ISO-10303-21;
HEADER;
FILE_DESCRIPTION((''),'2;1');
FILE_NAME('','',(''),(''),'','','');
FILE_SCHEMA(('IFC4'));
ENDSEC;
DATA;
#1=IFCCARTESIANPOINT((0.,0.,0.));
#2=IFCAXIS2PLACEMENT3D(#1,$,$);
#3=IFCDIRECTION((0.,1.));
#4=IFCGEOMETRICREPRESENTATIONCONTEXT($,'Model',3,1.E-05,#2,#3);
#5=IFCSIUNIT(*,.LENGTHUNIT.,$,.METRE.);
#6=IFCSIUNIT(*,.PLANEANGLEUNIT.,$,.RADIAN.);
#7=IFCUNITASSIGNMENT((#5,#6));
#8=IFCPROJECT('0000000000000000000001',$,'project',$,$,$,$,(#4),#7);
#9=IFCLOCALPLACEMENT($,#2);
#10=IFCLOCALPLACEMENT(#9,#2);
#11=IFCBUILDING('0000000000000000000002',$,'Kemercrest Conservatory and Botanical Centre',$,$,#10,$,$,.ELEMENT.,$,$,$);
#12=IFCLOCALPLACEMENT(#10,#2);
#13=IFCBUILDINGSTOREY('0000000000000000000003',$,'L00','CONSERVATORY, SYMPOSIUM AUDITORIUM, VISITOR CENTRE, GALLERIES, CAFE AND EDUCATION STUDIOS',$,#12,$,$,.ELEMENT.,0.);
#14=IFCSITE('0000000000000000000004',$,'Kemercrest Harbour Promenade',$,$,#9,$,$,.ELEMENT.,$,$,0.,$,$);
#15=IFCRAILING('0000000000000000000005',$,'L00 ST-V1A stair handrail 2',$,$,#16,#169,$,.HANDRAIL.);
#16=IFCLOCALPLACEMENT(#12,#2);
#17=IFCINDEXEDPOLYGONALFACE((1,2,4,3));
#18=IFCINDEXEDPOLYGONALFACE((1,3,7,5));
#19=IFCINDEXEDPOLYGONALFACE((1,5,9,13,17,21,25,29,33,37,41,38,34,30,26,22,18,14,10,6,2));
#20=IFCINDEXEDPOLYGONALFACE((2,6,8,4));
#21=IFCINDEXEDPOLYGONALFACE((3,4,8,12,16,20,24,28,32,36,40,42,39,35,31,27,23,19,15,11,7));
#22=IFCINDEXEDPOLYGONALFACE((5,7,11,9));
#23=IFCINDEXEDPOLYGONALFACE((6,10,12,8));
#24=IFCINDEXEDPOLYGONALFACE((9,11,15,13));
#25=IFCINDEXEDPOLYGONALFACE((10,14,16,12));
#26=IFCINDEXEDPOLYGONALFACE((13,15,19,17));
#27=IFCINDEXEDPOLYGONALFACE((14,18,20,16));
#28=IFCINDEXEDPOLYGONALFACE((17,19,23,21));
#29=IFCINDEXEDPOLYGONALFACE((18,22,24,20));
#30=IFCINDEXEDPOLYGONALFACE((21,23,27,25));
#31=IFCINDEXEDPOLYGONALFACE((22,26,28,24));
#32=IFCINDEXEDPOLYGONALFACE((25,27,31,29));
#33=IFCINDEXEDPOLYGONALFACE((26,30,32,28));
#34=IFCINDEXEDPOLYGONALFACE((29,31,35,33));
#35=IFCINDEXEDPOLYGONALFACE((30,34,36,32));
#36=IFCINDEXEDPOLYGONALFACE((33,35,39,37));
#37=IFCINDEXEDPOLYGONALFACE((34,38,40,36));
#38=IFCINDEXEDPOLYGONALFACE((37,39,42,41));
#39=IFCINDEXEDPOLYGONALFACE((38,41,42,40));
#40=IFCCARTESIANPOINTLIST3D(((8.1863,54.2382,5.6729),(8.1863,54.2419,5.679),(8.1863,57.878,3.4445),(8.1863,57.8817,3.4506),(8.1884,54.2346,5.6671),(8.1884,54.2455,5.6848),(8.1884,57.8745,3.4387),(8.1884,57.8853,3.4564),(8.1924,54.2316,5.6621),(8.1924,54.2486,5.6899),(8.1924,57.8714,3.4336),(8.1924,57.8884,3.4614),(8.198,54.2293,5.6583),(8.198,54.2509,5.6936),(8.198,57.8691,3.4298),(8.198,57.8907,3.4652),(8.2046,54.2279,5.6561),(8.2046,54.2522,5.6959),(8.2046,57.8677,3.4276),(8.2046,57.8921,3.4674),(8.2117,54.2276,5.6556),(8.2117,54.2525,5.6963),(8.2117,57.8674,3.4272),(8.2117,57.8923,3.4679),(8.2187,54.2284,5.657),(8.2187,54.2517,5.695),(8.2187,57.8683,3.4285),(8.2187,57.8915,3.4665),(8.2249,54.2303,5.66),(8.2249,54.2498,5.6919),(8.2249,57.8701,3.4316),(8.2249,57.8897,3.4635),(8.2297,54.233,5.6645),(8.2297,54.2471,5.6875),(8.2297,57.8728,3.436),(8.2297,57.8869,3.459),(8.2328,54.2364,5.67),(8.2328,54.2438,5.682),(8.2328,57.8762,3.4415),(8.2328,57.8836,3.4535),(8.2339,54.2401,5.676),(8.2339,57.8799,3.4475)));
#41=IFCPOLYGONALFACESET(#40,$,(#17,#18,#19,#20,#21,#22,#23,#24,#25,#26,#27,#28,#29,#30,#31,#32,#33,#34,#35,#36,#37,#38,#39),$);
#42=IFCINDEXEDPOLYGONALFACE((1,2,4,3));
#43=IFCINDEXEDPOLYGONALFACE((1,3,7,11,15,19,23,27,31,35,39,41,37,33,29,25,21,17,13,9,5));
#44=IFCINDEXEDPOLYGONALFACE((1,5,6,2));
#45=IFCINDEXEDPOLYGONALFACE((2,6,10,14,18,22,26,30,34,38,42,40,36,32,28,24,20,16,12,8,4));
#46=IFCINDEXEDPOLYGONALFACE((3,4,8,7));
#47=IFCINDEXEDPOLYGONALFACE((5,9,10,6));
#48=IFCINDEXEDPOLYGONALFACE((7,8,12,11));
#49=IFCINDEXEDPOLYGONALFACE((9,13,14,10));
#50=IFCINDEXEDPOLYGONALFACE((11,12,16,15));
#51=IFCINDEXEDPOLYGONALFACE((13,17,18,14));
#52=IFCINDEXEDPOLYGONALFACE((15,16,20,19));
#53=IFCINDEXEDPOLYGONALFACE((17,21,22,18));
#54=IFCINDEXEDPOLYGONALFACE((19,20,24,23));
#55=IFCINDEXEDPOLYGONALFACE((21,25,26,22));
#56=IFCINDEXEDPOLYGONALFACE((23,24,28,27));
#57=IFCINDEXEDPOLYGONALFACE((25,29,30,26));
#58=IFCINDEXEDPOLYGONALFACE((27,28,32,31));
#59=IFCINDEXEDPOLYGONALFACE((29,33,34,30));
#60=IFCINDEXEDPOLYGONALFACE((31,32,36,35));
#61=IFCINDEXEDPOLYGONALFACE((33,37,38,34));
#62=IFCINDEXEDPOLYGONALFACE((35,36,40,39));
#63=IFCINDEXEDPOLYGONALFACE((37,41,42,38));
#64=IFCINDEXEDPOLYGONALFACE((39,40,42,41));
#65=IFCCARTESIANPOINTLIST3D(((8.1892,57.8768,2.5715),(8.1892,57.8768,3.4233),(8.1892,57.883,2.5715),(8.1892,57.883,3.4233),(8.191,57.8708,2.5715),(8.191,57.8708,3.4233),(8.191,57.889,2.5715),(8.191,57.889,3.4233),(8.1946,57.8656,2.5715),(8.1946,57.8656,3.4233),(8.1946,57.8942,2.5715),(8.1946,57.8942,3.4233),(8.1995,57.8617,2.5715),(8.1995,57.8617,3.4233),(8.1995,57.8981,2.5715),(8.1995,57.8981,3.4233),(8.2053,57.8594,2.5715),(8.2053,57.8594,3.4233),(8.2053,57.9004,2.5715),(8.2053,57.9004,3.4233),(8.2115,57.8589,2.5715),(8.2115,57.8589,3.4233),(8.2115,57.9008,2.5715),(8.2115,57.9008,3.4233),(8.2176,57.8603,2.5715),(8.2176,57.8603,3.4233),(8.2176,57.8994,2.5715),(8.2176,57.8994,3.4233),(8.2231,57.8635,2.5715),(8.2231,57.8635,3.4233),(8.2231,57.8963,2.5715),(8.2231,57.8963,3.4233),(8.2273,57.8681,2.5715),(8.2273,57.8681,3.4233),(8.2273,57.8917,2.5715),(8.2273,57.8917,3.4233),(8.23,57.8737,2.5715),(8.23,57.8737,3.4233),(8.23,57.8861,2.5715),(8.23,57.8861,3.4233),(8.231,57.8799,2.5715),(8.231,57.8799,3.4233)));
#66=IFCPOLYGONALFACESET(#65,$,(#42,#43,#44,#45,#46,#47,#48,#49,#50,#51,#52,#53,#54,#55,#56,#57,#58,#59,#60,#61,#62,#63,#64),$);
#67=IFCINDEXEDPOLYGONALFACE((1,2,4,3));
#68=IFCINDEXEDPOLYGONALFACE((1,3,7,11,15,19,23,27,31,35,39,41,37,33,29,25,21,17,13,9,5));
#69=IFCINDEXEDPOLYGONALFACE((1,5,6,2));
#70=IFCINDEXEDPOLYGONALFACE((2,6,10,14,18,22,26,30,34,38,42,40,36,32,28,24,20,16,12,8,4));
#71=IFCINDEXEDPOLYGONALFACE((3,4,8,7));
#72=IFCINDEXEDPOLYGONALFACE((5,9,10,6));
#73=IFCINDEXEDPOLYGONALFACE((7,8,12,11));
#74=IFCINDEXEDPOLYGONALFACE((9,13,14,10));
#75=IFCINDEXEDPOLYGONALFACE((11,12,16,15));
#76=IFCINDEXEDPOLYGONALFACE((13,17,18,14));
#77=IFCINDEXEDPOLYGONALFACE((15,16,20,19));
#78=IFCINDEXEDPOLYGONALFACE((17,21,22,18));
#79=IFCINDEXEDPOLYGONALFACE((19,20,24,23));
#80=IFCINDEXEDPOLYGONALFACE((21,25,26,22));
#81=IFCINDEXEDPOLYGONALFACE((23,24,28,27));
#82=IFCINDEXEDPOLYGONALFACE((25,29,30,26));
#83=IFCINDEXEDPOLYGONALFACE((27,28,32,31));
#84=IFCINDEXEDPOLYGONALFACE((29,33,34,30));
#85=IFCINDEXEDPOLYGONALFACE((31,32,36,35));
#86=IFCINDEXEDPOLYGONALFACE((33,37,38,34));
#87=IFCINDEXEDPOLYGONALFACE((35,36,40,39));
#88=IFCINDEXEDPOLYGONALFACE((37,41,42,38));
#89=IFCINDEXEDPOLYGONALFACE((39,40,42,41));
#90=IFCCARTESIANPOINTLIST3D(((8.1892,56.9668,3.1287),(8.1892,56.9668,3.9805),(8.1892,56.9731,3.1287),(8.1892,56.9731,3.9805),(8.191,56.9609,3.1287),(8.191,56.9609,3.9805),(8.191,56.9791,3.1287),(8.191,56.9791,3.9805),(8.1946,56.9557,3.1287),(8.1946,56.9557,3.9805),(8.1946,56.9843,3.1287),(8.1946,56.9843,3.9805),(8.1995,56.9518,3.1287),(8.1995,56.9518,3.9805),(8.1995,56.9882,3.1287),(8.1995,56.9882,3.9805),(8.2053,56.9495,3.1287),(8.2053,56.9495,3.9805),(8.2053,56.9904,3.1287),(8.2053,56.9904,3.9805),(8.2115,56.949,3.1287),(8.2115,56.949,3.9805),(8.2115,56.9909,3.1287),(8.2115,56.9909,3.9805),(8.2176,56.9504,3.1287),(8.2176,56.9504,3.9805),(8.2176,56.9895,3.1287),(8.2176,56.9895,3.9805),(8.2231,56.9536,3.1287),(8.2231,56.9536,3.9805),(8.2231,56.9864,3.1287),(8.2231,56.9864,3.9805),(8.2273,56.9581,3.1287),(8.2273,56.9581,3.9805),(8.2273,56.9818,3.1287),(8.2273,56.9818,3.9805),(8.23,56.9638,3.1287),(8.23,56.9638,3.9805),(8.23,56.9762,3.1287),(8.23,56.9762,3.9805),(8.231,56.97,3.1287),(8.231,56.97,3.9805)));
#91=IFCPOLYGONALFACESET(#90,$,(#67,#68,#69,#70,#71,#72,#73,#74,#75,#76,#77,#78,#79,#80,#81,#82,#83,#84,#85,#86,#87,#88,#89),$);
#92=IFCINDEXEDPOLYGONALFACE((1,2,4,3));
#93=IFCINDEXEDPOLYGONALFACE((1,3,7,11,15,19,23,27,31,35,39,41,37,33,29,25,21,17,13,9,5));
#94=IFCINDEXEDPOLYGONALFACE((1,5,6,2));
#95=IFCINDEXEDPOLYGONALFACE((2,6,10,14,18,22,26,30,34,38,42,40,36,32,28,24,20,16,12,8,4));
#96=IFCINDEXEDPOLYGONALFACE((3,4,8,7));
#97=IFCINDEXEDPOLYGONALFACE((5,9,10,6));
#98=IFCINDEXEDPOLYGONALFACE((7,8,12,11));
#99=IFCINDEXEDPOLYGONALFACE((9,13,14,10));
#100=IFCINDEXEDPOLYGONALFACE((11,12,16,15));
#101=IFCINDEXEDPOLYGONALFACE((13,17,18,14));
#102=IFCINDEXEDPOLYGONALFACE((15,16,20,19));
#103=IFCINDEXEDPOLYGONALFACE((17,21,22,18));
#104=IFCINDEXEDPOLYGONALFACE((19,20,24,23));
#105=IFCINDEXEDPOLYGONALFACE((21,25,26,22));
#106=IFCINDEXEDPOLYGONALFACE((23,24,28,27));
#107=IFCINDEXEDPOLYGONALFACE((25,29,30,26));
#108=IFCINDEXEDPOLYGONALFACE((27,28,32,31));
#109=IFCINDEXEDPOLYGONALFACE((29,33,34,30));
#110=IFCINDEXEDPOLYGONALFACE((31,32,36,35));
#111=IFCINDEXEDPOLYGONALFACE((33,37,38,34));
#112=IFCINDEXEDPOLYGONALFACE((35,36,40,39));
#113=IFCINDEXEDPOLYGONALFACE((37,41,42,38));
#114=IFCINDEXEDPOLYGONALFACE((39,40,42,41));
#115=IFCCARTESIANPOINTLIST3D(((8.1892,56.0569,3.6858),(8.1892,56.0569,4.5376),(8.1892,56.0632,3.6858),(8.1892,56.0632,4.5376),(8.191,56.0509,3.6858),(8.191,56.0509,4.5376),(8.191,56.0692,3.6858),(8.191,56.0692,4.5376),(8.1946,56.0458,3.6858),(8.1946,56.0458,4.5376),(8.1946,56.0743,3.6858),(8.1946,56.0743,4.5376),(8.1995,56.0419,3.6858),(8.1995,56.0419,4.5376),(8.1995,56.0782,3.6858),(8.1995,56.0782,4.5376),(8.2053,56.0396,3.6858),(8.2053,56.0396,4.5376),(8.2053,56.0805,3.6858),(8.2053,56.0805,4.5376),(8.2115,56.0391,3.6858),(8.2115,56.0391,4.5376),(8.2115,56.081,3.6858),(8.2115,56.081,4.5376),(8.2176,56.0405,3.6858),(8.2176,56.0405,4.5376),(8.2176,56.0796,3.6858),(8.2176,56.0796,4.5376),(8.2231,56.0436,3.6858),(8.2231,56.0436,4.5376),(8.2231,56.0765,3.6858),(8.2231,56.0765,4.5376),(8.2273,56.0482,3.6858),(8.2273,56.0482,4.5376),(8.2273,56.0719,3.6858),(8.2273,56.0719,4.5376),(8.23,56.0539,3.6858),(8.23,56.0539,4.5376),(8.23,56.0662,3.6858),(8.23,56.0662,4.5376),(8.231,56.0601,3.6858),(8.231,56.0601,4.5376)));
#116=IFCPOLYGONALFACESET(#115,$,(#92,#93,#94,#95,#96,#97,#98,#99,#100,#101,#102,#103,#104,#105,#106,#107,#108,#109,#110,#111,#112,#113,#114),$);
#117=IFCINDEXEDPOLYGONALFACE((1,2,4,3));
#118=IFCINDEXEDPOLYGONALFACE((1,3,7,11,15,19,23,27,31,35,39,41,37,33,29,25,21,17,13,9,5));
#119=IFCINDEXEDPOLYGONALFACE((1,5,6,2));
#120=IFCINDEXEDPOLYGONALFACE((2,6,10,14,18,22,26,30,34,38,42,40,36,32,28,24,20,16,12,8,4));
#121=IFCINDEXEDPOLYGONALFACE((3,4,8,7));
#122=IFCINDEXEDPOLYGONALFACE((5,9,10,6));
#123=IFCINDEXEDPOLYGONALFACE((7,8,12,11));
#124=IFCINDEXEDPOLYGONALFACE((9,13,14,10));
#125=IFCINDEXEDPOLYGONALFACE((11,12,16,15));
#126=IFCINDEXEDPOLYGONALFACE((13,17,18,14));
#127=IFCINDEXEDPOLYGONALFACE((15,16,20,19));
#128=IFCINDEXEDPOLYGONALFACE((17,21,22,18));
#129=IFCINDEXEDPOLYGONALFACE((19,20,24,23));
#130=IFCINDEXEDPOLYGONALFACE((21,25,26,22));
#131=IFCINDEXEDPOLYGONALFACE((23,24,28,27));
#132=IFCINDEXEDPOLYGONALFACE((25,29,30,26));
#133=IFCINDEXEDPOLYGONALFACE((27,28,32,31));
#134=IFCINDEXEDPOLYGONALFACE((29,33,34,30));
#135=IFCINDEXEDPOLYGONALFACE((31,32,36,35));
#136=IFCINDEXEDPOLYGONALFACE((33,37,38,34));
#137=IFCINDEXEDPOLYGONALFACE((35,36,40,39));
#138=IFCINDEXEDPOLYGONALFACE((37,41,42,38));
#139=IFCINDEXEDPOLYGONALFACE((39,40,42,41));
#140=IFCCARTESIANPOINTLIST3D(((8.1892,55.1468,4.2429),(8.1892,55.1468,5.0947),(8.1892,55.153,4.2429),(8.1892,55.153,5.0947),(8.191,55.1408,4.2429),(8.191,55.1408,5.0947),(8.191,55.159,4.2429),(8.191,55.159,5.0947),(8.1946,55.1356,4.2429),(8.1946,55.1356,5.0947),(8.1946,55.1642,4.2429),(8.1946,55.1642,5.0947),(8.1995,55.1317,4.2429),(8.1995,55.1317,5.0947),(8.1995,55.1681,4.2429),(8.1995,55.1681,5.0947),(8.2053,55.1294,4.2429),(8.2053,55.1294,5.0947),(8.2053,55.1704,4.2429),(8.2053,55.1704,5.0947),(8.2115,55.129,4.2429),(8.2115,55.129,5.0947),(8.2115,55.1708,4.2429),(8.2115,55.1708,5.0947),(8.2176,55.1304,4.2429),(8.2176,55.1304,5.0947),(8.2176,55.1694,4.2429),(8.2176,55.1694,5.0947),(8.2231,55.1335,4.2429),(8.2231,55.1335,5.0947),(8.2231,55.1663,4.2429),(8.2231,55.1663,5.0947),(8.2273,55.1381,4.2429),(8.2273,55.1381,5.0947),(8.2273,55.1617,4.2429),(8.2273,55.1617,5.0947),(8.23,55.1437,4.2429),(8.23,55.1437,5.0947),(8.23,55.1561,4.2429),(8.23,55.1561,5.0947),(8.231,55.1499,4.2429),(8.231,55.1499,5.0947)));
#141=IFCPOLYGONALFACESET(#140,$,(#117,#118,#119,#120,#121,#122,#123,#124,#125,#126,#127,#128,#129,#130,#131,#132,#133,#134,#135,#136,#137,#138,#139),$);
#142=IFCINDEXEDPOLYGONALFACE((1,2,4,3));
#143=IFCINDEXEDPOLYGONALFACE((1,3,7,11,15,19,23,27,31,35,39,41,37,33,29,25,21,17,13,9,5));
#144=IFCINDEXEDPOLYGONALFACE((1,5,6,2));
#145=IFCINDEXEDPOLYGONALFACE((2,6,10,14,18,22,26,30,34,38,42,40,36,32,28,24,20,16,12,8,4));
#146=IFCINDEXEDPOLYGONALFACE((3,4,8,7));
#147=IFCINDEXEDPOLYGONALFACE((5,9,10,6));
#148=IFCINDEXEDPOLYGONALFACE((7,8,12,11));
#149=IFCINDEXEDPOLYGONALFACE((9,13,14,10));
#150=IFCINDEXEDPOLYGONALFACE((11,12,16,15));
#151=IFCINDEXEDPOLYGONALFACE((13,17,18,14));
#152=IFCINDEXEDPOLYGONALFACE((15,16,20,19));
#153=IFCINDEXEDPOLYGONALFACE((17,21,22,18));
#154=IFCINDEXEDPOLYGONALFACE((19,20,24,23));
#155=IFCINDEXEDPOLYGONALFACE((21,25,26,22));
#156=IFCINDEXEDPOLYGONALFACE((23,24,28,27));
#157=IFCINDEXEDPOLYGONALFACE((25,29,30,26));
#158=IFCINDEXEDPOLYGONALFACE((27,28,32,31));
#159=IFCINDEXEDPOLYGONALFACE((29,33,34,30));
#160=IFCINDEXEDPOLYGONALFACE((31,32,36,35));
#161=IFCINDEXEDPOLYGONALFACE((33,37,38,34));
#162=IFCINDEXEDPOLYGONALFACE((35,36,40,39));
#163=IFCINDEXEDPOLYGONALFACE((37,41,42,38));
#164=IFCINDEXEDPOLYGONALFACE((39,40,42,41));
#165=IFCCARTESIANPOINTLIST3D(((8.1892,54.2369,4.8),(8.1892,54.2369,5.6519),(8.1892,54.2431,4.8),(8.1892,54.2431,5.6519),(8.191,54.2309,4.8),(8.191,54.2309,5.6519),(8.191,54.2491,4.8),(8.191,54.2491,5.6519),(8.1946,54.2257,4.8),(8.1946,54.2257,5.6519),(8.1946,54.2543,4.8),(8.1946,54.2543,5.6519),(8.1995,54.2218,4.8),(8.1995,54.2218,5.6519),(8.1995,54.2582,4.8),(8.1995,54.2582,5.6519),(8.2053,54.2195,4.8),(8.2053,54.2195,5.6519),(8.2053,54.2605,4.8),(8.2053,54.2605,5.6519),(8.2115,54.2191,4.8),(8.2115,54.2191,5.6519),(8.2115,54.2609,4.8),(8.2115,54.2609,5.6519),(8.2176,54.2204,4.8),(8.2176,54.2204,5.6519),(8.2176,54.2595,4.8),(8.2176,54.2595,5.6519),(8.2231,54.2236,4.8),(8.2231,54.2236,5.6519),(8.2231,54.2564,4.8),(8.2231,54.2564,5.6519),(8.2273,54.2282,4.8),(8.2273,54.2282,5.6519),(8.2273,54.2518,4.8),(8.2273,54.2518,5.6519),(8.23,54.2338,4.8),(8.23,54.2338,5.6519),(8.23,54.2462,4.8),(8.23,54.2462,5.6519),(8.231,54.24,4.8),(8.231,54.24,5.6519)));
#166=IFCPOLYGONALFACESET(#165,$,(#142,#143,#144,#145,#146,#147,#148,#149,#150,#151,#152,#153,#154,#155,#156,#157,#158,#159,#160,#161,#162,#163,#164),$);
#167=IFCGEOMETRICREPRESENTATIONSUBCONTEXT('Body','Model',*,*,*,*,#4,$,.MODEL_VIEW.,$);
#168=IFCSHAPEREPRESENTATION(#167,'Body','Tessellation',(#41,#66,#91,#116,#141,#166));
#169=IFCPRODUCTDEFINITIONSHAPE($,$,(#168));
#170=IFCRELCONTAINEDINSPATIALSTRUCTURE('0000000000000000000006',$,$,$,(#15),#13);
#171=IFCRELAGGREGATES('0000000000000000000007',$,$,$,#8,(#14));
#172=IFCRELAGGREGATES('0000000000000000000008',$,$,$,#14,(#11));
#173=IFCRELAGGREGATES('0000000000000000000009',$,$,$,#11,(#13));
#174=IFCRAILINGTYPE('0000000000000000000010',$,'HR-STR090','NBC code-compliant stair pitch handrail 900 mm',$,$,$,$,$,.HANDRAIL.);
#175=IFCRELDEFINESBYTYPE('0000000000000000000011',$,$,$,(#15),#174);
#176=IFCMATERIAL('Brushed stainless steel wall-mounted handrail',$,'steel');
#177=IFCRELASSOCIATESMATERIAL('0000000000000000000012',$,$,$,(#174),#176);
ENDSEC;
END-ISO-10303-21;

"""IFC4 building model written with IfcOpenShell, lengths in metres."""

from ifc_helpers import new_model, si_unit, direction, frame, origin, origin_2d, place, context, subcontext, project, spatial, circle, extrude, material, type_object, element, save


model = new_model("IFC4")

# Units and contexts
model_context = context("Model", 3, precision=1e-05, world=origin(), true_north=direction((0.0, 1.0)))
body_context = subcontext(model_context, "Body", "Model", "MODEL_VIEW")
ifc_project = project(units=[si_unit("LENGTHUNIT", "METRE"), si_unit("PLANEANGLEUNIT", "RADIAN")], contexts=[model_context])

# Site, building, storey
site_placement = place(None, origin())
site = spatial("IfcSite", under=ifc_project, at=site_placement, Name="Kemercrest Harbour Promenade", CompositionType="ELEMENT", RefElevation=0.0)
building_placement = place(site_placement, origin())
building = spatial("IfcBuilding", under=site, at=building_placement, Name="Kemercrest Conservatory and Botanical Centre", CompositionType="ELEMENT")
storey_placement = place(building_placement, origin())
storey = spatial("IfcBuildingStorey", under=building, at=storey_placement, Name="L00", Description="CONSERVATORY, SYMPOSIUM AUDITORIUM, VISITOR CENTRE, GALLERIES, CAFE AND EDUCATION STUDIOS", CompositionType="ELEMENT", Elevation=0.0)

# Railing
ifc_material_1 = material(Name="Brushed stainless steel wall-mounted handrail", Category="steel")
railing_type_1 = type_object("IfcRailingType", Name="HR-STR090", Description="NBC code-compliant stair pitch handrail 900 mm", PredefinedType="HANDRAIL", material=ifc_material_1)
railing_1_placement = place(storey_placement, frame((8.21, 57.8799, 2.5715)))
element("IfcRailing", 1, at=railing_1_placement, inside=storey, type_object=railing_type_1, Name="L00 ST-V1A stair handrail 2", PredefinedType="HANDRAIL", context=body_context, shape_type="SweptSolid", body=[
    extrude(circle(Radius=0.0239, at=origin_2d()), frame((0.0, 0.0, 0.876), z_axis=(0.0, -0.85285, 0.522156), x_axis=(1.0, 0.0, 0.0)), (0.0, 0.0, 1.0), 4.2678),
    extrude(circle(Radius=0.021, at=origin_2d()), origin(), (0.0, 0.0, 1.0), 0.8518),
    extrude(circle(Radius=0.021, at=origin_2d()), frame((0.0, -0.9099, 0.5571)), (0.0, 0.0, 1.0), 0.8518),
    extrude(circle(Radius=0.021, at=origin_2d()), frame((0.0, -1.8198, 1.1143)), (0.0, 0.0, 1.0), 0.8518),
    extrude(circle(Radius=0.021, at=origin_2d()), frame((0.0, -2.73, 1.6714)), (0.0, 0.0, 1.0), 0.8518),
    extrude(circle(Radius=0.021, at=origin_2d()), frame((0.0, -3.6399, 2.2285)), (0.0, 0.0, 1.0), 0.8518),
])

save(model, "model.ifc")
